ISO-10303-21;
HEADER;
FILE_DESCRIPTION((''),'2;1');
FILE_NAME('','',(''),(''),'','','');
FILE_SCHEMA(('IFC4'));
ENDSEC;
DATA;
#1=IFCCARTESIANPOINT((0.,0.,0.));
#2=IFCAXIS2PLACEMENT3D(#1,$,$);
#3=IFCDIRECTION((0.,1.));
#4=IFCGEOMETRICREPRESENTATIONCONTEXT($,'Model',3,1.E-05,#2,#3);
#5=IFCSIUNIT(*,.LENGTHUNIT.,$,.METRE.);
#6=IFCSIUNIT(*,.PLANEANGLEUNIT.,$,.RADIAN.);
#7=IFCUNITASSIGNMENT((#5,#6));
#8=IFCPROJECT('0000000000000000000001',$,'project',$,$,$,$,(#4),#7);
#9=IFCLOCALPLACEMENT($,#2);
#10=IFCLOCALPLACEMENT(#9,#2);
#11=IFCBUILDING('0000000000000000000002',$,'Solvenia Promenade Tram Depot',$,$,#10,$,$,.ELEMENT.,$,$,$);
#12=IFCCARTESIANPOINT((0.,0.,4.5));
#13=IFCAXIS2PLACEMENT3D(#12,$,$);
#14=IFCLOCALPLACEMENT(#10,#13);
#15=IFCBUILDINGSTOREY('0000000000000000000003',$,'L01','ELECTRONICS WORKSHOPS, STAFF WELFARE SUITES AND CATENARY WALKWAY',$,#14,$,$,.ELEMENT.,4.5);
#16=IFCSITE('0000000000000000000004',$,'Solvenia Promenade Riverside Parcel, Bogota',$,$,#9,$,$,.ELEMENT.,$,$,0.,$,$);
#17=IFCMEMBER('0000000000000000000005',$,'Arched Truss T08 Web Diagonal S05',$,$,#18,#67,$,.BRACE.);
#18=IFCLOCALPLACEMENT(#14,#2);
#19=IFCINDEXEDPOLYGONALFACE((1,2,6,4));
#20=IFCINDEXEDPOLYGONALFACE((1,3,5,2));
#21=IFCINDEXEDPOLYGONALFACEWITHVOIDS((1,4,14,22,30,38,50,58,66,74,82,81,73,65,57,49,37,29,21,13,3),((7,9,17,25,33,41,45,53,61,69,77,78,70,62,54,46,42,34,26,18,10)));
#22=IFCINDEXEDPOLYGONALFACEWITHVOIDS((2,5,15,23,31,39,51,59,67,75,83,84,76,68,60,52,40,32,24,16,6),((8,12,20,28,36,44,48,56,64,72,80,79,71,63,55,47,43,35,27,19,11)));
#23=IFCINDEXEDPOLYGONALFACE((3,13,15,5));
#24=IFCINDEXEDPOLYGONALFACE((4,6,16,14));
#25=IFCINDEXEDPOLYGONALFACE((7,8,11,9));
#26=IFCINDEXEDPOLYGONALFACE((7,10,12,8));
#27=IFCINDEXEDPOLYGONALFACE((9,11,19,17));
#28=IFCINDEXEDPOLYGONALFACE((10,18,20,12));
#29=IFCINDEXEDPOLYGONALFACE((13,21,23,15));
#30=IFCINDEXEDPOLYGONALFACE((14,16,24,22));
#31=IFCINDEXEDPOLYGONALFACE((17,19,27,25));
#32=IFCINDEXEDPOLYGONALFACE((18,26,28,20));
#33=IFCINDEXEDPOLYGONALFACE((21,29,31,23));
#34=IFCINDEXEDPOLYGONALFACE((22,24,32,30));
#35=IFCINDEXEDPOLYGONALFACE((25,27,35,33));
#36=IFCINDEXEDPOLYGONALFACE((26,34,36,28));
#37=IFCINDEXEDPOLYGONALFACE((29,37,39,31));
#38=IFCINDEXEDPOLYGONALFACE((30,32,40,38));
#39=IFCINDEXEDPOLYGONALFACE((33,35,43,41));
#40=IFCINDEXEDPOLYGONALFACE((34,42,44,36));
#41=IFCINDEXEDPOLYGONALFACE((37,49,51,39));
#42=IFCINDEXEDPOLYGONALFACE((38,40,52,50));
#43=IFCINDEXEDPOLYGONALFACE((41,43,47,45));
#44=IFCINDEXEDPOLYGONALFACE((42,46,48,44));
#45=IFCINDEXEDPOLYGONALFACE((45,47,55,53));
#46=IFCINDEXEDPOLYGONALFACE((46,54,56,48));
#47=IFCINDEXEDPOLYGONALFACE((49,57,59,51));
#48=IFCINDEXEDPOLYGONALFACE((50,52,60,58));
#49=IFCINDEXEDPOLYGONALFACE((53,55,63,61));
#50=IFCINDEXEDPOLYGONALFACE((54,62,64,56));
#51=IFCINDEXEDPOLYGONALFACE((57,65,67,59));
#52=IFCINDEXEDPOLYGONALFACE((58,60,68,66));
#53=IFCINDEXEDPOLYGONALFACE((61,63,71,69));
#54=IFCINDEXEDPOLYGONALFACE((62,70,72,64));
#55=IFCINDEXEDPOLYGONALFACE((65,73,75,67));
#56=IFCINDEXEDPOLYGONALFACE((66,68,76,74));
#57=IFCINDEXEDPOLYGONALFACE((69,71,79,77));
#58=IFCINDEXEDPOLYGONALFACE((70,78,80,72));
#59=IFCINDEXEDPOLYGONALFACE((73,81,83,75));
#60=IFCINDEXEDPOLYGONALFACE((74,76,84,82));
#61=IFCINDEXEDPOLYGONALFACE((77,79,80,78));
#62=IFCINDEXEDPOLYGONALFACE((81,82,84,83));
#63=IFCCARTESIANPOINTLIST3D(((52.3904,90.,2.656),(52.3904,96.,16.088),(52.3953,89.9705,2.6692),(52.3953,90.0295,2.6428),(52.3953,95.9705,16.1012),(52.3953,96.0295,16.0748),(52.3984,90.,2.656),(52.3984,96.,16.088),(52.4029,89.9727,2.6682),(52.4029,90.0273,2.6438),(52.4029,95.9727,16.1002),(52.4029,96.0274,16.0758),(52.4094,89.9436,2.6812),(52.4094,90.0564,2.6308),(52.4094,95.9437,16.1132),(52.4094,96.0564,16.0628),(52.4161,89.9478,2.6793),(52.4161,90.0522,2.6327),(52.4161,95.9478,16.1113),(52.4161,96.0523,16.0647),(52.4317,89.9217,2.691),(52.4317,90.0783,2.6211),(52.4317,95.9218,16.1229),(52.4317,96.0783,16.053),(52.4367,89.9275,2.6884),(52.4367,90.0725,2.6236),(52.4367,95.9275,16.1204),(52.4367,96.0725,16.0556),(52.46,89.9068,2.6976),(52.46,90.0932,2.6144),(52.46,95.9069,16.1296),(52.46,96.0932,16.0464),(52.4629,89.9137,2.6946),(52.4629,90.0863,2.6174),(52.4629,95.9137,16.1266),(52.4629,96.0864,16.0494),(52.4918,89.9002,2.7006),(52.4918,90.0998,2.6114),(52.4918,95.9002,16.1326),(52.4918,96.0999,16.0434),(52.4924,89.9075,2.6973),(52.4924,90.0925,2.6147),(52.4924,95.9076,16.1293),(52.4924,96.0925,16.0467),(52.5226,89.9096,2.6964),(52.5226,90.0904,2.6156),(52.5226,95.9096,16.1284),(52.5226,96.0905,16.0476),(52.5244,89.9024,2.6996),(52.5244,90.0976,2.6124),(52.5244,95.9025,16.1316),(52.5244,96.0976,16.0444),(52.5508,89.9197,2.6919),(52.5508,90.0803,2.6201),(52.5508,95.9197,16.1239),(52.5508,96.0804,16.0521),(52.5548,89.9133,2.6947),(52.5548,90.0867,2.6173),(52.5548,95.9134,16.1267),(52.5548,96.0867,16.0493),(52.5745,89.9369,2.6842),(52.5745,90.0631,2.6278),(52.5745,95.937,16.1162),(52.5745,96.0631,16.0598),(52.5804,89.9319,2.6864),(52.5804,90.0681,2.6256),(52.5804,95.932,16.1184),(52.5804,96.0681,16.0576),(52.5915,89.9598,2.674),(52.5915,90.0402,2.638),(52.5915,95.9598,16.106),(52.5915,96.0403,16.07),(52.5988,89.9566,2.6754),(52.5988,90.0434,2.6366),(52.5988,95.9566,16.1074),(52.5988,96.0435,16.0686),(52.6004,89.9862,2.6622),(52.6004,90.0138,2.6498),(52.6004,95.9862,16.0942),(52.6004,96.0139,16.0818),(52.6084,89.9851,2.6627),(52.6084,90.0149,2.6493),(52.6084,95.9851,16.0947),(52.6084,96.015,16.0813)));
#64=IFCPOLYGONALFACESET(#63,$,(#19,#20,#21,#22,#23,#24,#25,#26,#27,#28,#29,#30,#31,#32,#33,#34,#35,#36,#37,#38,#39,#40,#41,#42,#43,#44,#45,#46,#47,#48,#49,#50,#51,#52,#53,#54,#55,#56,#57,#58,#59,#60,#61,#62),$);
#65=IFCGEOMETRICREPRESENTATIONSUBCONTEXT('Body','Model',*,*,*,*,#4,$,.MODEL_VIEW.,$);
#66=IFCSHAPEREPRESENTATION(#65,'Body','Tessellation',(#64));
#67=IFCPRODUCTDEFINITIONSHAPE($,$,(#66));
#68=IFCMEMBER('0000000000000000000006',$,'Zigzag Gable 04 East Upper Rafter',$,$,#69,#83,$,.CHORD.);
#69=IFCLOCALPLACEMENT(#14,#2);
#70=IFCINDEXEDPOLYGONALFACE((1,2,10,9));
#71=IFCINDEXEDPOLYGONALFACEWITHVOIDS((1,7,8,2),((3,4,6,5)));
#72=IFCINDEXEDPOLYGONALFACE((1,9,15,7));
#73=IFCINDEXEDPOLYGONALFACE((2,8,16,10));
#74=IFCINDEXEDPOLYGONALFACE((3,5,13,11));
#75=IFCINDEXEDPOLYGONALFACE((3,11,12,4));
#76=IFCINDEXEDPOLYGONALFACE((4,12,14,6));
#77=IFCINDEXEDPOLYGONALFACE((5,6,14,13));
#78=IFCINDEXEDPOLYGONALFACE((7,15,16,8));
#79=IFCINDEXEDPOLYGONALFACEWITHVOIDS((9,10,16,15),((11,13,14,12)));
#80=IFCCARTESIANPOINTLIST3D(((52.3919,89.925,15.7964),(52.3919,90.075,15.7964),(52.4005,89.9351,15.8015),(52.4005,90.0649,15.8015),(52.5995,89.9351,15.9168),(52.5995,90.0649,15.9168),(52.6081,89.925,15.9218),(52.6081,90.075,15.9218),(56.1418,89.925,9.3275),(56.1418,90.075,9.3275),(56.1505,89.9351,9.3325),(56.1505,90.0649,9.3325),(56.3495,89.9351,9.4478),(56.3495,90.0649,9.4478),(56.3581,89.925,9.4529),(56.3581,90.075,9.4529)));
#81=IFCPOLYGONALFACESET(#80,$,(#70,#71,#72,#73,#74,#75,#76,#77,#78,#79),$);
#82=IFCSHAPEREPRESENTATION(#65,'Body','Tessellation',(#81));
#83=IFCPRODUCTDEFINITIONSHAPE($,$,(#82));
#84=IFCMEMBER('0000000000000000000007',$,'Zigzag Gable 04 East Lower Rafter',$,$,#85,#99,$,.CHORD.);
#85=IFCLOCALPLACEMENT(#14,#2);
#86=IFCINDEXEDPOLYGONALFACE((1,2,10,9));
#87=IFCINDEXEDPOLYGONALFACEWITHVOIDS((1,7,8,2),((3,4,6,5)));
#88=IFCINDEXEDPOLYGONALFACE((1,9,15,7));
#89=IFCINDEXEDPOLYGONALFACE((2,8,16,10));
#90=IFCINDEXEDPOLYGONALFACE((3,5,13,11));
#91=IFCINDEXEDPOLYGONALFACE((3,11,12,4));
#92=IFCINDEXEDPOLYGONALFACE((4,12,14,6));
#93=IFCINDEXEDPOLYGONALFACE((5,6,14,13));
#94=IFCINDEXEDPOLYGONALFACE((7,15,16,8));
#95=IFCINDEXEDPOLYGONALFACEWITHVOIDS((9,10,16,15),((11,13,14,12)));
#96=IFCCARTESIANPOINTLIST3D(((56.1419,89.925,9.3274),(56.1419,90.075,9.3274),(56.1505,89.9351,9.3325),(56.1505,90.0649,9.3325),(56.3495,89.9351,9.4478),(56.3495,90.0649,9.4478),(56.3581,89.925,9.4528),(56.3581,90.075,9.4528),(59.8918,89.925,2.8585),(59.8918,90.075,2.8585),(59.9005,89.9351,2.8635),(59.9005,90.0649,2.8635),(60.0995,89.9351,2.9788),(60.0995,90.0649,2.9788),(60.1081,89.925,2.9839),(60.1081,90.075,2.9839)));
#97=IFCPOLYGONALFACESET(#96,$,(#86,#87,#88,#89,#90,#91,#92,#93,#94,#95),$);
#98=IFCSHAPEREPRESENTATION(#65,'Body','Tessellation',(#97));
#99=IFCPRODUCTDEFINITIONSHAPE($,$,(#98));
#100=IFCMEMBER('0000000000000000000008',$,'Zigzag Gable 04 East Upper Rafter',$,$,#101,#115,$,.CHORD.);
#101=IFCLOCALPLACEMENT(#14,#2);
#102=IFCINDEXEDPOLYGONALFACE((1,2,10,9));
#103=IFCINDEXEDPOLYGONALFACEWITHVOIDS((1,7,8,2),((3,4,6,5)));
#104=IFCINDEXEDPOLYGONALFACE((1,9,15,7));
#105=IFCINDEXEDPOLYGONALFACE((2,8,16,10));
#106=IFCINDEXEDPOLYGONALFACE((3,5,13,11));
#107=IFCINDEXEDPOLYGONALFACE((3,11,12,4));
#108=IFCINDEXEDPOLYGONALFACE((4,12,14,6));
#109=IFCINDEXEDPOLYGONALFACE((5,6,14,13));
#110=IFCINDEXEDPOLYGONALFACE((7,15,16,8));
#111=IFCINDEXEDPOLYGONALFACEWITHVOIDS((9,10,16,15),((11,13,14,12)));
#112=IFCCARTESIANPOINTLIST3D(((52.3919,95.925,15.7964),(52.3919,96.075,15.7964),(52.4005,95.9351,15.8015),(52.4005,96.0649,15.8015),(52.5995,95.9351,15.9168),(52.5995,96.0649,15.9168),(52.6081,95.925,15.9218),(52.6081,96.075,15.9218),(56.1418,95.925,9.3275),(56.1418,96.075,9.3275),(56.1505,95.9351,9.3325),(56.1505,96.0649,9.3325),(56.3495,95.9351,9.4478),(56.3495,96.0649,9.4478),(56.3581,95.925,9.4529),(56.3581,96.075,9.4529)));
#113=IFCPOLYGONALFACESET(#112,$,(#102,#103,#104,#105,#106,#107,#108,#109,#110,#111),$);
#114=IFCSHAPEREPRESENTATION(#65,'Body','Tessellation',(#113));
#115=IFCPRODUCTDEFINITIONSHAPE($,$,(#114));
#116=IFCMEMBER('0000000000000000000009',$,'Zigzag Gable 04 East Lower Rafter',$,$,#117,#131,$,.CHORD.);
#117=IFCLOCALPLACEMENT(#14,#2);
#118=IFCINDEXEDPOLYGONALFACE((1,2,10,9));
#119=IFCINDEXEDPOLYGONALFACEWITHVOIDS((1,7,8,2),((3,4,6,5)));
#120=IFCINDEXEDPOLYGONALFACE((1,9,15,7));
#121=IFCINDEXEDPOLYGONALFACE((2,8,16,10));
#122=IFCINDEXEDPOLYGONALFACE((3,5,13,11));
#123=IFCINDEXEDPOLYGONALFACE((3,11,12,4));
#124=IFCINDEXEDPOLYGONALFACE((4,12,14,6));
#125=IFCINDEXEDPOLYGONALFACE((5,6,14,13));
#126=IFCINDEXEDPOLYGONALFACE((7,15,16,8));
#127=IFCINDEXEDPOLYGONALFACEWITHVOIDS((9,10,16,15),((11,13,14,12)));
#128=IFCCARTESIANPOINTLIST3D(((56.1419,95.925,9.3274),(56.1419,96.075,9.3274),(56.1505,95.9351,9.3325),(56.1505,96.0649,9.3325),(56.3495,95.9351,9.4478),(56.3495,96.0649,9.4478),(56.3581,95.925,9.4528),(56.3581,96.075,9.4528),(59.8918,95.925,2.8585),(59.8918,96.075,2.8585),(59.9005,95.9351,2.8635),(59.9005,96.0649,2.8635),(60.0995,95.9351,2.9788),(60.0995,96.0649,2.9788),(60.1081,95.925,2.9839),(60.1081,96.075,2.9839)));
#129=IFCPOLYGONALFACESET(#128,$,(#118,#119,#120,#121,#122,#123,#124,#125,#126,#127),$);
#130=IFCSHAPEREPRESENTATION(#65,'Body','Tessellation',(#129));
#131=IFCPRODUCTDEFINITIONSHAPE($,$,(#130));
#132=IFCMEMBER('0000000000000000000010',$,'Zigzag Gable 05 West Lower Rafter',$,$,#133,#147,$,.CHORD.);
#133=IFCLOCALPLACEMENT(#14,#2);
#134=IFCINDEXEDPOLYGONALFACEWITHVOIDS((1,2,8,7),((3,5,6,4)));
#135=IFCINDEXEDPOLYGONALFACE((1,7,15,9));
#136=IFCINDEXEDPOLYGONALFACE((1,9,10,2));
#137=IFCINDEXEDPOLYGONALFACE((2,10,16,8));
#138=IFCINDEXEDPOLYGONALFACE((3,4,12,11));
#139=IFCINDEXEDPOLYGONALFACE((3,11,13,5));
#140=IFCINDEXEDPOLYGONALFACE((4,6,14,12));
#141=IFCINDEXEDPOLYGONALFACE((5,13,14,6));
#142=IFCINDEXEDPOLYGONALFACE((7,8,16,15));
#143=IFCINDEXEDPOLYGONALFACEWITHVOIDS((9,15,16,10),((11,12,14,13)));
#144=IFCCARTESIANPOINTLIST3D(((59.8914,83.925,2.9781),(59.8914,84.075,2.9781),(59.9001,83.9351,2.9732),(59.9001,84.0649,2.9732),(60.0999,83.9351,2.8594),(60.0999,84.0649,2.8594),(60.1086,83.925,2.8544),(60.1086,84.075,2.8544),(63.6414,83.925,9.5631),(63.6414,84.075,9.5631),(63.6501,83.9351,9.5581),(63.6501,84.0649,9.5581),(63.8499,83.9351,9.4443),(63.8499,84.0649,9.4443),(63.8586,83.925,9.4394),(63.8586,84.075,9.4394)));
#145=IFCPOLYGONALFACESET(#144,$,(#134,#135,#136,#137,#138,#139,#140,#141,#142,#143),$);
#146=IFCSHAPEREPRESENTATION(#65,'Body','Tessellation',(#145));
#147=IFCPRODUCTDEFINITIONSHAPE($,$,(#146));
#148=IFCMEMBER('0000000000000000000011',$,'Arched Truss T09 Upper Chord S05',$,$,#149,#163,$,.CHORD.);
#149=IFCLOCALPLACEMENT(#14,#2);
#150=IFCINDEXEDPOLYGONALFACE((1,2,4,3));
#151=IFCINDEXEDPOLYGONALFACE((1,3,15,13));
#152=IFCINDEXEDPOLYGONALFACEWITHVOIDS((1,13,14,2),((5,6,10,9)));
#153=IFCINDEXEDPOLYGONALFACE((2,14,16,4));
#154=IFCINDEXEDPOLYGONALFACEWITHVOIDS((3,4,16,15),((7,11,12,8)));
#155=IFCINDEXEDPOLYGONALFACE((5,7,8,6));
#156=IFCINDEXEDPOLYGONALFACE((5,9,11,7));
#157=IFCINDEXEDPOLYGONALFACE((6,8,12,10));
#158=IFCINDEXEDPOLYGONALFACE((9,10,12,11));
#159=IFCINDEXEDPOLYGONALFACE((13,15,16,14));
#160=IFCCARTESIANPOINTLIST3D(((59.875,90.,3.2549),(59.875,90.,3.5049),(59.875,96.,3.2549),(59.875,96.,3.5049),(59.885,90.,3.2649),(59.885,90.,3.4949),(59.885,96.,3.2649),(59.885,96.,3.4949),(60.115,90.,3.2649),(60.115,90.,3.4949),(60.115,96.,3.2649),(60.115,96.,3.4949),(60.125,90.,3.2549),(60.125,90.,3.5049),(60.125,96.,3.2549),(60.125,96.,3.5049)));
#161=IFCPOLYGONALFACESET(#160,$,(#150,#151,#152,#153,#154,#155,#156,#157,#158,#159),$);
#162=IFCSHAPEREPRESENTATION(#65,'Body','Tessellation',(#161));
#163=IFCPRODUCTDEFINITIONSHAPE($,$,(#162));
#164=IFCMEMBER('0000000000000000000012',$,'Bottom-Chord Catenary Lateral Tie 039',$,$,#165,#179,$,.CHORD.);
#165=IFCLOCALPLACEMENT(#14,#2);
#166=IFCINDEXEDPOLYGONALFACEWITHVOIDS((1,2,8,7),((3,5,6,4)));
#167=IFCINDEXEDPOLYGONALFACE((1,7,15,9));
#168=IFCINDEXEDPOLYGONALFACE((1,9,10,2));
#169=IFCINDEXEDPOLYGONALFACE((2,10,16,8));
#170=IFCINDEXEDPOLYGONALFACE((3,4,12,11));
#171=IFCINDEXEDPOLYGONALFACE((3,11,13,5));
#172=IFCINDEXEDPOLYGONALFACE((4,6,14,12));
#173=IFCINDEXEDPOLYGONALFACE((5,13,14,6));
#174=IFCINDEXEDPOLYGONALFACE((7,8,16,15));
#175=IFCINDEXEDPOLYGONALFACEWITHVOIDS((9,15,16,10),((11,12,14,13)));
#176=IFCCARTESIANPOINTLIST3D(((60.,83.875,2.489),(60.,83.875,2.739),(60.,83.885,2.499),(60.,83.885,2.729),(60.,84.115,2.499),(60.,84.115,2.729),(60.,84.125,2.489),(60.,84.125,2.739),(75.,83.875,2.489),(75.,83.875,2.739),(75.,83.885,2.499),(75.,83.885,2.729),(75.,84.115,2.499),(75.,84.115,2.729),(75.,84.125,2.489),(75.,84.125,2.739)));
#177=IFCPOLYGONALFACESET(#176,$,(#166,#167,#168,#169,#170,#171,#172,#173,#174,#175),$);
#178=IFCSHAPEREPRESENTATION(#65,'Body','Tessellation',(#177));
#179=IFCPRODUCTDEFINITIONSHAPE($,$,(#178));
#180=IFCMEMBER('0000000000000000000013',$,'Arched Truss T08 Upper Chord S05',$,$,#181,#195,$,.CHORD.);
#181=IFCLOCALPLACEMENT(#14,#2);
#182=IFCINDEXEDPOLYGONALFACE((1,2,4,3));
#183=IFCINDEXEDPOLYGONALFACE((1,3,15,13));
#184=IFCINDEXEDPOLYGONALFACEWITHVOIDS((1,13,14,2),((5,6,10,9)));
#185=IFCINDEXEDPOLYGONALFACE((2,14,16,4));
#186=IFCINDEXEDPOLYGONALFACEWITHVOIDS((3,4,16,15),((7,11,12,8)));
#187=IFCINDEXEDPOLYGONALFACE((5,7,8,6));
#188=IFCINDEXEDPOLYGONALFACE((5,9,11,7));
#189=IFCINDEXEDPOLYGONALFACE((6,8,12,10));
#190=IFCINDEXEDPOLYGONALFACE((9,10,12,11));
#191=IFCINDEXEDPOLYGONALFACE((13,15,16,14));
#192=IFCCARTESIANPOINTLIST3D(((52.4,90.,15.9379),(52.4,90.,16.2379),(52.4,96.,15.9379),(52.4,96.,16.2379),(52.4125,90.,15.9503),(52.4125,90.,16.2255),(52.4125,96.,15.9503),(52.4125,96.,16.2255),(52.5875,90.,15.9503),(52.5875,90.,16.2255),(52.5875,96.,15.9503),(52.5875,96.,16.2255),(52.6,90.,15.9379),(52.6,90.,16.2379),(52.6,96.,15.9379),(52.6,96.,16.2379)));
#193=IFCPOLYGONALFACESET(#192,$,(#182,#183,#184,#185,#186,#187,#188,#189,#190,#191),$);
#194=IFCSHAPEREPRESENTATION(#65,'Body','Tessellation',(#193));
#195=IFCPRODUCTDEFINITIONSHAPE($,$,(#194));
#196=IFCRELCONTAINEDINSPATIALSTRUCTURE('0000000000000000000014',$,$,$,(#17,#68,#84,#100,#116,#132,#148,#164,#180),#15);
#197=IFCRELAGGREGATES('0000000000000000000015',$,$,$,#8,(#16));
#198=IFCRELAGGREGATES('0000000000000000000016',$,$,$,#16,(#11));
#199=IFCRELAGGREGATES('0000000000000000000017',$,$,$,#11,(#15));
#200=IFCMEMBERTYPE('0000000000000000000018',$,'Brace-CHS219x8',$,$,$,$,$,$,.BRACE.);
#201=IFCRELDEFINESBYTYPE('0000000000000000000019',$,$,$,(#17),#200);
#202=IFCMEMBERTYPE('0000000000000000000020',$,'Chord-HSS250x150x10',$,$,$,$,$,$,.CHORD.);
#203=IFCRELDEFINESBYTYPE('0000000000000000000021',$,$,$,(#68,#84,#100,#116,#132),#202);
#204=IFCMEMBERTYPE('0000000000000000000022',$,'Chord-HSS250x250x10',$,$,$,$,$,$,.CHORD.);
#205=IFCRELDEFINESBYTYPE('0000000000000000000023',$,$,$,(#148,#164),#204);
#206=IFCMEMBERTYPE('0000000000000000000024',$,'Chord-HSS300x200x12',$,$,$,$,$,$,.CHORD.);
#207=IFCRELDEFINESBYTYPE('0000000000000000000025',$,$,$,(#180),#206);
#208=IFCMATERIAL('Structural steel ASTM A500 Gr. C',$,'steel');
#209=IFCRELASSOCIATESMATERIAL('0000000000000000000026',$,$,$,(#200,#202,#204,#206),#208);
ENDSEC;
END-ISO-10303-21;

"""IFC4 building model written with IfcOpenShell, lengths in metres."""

from ifc_helpers import new_model, si_unit, direction, frame, origin, origin_2d, place, context, subcontext, project, spatial, hollow_rectangle, hollow_circle, extrude, material, material_profile, profile_set, type_object, element, save


model = new_model("IFC4")

# Units and contexts
model_context = context("Model", 3, precision=1e-05, world=origin(), true_north=direction((0.0, 1.0)))
body_context = subcontext(model_context, "Body", "Model", "MODEL_VIEW")
ifc_project = project(units=[si_unit("LENGTHUNIT", "METRE"), si_unit("PLANEANGLEUNIT", "RADIAN")], contexts=[model_context])

# Site, building, storey
site_placement = place(None, origin())
site = spatial("IfcSite", under=ifc_project, at=site_placement, Name="Solvenia Promenade Riverside Parcel, Bogota", CompositionType="ELEMENT", RefElevation=0.0)
building_placement = place(site_placement, origin())
building = spatial("IfcBuilding", under=site, at=building_placement, Name="Solvenia Promenade Tram Depot", CompositionType="ELEMENT")
storey_placement = place(building_placement, frame((0.0, 0.0, 4.5)))
storey = spatial("IfcBuildingStorey", under=building, at=storey_placement, Name="L01", Description="ELECTRONICS WORKSHOPS, STAFF WELFARE SUITES AND CATENARY WALKWAY", CompositionType="ELEMENT", Elevation=4.5)

# Members
ifc_material_1 = material(Name="Structural steel ASTM A500 Gr. C", Category="steel")
ifc_material_profile_1 = material_profile(ifc_material_1, hollow_circle(Radius=0.1096, WallThickness=0.0081, at=origin_2d()), Name="CHS219.1x8", Category="steel")
ifc_profile_set_1 = profile_set([ifc_material_profile_1], Name="Structural steel ASTM A500 Gr. C")
member_type_1 = type_object("IfcMemberType", Name="Brace-CHS219x8", PredefinedType="BRACE", material=ifc_profile_set_1)
member_1_placement = place(storey_placement, frame((52.5, 90.0, 2.656), z_axis=(0.0, 0.407856, 0.913046), x_axis=(-1.0, 0.0, 0.0)))
element("IfcMember", 1, at=member_1_placement, inside=storey, type_object=member_type_1, Name="Arched Truss T08 Web Diagonal S05", PredefinedType="BRACE", context=body_context, shape_type="SweptSolid", body=[
    extrude(hollow_circle(Radius=0.1096, WallThickness=0.0081, at=origin_2d()), origin(), (0.0, 0.0, 1.0), 14.7112),
])
ifc_material_profile_2 = material_profile(ifc_material_1, hollow_rectangle(XDim=0.1499, YDim=0.25, WallThickness=0.01, at=origin_2d()), Name="HSS250x150x10", Category="steel")
ifc_profile_set_2 = profile_set([ifc_material_profile_2], Name="Structural steel ASTM A500 Gr. C")
member_type_2 = type_object("IfcMemberType", Name="Chord-HSS250x150x10", PredefinedType="CHORD", material=ifc_profile_set_2)
for number, where, z_axis, x_axis, name in (
    (2, (52.5, 90.0, 15.8591), (0.501516, 0.0, -0.865148), (0.0, 1.0, 0.0), "Zigzag Gable 04 East Upper Rafter"),
    (3, (56.25, 90.0, 9.3901), (0.501516, 0.0, -0.865148), (0.0, 1.0, 0.0), "Zigzag Gable 04 East Lower Rafter"),
    (4, (52.5, 96.0, 15.8591), (0.501516, 0.0, -0.865148), (0.0, 1.0, 0.0), "Zigzag Gable 04 East Upper Rafter"),
    (5, (56.25, 96.0, 9.3901), (0.501516, 0.0, -0.865148), (0.0, 1.0, 0.0), "Zigzag Gable 04 East Lower Rafter"),
):
    element("IfcMember", number, at=place(storey_placement, frame(where, z_axis=z_axis, x_axis=x_axis)), inside=storey, type_object=member_type_2, Name=name, PredefinedType="CHORD", context=body_context, shape_type="SweptSolid", body=[
        extrude(hollow_rectangle(XDim=0.1499, YDim=0.25, WallThickness=0.01, at=origin_2d()), origin(), (0.0, 0.0, 1.0), 7.4773),
    ])
member_2_placement = place(storey_placement, frame((60.0, 84.0, 2.9163), z_axis=(0.494862, 0.0, 0.868972), x_axis=(0.0, 1.0, 0.0)))
element("IfcMember", 6, at=member_2_placement, inside=storey, type_object=member_type_2, Name="Zigzag Gable 05 West Lower Rafter", PredefinedType="CHORD", context=body_context, shape_type="SweptSolid", body=[
    extrude(hollow_rectangle(XDim=0.1499, YDim=0.25, WallThickness=0.01, at=origin_2d()), origin(), (0.0, 0.0, 1.0), 7.5779),
])
ifc_material_profile_3 = material_profile(ifc_material_1, hollow_rectangle(XDim=0.25, YDim=0.25, WallThickness=0.01, at=origin_2d()), Name="HSS250x250x10", Category="steel")
ifc_profile_set_3 = profile_set([ifc_material_profile_3], Name="Structural steel ASTM A500 Gr. C")
member_type_3 = type_object("IfcMemberType", Name="Chord-HSS250x250x10", PredefinedType="CHORD", material=ifc_profile_set_3)
member_3_placement = place(storey_placement, frame((60.0, 90.0, 3.3799), z_axis=(0.0, 1.0, 0.0), x_axis=(-1.0, 0.0, 0.0)))
element("IfcMember", 7, at=member_3_placement, inside=storey, type_object=member_type_3, Name="Arched Truss T09 Upper Chord S05", PredefinedType="CHORD", context=body_context, shape_type="SweptSolid", body=[
    extrude(hollow_rectangle(XDim=0.25, YDim=0.25, WallThickness=0.01, at=origin_2d()), origin(), (0.0, 0.0, 1.0), 6.0),
])
member_4_placement = place(storey_placement, frame((60.0, 84.0, 2.614), z_axis=(1.0, 0.0, 0.0), x_axis=(0.0, 1.0, 0.0)))
element("IfcMember", 8, at=member_4_placement, inside=storey, type_object=member_type_3, Name="Bottom-Chord Catenary Lateral Tie 039", PredefinedType="CHORD", context=body_context, shape_type="SweptSolid", body=[
    extrude(hollow_rectangle(XDim=0.25, YDim=0.25, WallThickness=0.01, at=origin_2d()), origin(), (0.0, 0.0, 1.0), 15.0),
])
ifc_material_profile_4 = material_profile(ifc_material_1, hollow_rectangle(XDim=0.2, YDim=0.3, WallThickness=0.0125, at=origin_2d()), Name="HSS300x200x12.5", Category="steel")
ifc_profile_set_4 = profile_set([ifc_material_profile_4], Name="Structural steel ASTM A500 Gr. C")
member_type_4 = type_object("IfcMemberType", Name="Chord-HSS300x200x12", PredefinedType="CHORD", material=ifc_profile_set_4)
for number, where, z_axis, x_axis, name in (
    (9, (52.5, 90.0, 16.0879), (0.0, 1.0, 0.0), (-1.0, 0.0, 0.0), "Arched Truss T08 Upper Chord S05"),
):
    element("IfcMember", number, at=place(storey_placement, frame(where, z_axis=z_axis, x_axis=x_axis)), inside=storey, type_object=member_type_4, Name=name, PredefinedType="CHORD", context=body_context, shape_type="SweptSolid", body=[
        extrude(hollow_rectangle(XDim=0.2, YDim=0.3, WallThickness=0.0125, at=origin_2d()), origin(), (0.0, 0.0, 1.0), 6.0),
    ])

save(model, "model.ifc")
